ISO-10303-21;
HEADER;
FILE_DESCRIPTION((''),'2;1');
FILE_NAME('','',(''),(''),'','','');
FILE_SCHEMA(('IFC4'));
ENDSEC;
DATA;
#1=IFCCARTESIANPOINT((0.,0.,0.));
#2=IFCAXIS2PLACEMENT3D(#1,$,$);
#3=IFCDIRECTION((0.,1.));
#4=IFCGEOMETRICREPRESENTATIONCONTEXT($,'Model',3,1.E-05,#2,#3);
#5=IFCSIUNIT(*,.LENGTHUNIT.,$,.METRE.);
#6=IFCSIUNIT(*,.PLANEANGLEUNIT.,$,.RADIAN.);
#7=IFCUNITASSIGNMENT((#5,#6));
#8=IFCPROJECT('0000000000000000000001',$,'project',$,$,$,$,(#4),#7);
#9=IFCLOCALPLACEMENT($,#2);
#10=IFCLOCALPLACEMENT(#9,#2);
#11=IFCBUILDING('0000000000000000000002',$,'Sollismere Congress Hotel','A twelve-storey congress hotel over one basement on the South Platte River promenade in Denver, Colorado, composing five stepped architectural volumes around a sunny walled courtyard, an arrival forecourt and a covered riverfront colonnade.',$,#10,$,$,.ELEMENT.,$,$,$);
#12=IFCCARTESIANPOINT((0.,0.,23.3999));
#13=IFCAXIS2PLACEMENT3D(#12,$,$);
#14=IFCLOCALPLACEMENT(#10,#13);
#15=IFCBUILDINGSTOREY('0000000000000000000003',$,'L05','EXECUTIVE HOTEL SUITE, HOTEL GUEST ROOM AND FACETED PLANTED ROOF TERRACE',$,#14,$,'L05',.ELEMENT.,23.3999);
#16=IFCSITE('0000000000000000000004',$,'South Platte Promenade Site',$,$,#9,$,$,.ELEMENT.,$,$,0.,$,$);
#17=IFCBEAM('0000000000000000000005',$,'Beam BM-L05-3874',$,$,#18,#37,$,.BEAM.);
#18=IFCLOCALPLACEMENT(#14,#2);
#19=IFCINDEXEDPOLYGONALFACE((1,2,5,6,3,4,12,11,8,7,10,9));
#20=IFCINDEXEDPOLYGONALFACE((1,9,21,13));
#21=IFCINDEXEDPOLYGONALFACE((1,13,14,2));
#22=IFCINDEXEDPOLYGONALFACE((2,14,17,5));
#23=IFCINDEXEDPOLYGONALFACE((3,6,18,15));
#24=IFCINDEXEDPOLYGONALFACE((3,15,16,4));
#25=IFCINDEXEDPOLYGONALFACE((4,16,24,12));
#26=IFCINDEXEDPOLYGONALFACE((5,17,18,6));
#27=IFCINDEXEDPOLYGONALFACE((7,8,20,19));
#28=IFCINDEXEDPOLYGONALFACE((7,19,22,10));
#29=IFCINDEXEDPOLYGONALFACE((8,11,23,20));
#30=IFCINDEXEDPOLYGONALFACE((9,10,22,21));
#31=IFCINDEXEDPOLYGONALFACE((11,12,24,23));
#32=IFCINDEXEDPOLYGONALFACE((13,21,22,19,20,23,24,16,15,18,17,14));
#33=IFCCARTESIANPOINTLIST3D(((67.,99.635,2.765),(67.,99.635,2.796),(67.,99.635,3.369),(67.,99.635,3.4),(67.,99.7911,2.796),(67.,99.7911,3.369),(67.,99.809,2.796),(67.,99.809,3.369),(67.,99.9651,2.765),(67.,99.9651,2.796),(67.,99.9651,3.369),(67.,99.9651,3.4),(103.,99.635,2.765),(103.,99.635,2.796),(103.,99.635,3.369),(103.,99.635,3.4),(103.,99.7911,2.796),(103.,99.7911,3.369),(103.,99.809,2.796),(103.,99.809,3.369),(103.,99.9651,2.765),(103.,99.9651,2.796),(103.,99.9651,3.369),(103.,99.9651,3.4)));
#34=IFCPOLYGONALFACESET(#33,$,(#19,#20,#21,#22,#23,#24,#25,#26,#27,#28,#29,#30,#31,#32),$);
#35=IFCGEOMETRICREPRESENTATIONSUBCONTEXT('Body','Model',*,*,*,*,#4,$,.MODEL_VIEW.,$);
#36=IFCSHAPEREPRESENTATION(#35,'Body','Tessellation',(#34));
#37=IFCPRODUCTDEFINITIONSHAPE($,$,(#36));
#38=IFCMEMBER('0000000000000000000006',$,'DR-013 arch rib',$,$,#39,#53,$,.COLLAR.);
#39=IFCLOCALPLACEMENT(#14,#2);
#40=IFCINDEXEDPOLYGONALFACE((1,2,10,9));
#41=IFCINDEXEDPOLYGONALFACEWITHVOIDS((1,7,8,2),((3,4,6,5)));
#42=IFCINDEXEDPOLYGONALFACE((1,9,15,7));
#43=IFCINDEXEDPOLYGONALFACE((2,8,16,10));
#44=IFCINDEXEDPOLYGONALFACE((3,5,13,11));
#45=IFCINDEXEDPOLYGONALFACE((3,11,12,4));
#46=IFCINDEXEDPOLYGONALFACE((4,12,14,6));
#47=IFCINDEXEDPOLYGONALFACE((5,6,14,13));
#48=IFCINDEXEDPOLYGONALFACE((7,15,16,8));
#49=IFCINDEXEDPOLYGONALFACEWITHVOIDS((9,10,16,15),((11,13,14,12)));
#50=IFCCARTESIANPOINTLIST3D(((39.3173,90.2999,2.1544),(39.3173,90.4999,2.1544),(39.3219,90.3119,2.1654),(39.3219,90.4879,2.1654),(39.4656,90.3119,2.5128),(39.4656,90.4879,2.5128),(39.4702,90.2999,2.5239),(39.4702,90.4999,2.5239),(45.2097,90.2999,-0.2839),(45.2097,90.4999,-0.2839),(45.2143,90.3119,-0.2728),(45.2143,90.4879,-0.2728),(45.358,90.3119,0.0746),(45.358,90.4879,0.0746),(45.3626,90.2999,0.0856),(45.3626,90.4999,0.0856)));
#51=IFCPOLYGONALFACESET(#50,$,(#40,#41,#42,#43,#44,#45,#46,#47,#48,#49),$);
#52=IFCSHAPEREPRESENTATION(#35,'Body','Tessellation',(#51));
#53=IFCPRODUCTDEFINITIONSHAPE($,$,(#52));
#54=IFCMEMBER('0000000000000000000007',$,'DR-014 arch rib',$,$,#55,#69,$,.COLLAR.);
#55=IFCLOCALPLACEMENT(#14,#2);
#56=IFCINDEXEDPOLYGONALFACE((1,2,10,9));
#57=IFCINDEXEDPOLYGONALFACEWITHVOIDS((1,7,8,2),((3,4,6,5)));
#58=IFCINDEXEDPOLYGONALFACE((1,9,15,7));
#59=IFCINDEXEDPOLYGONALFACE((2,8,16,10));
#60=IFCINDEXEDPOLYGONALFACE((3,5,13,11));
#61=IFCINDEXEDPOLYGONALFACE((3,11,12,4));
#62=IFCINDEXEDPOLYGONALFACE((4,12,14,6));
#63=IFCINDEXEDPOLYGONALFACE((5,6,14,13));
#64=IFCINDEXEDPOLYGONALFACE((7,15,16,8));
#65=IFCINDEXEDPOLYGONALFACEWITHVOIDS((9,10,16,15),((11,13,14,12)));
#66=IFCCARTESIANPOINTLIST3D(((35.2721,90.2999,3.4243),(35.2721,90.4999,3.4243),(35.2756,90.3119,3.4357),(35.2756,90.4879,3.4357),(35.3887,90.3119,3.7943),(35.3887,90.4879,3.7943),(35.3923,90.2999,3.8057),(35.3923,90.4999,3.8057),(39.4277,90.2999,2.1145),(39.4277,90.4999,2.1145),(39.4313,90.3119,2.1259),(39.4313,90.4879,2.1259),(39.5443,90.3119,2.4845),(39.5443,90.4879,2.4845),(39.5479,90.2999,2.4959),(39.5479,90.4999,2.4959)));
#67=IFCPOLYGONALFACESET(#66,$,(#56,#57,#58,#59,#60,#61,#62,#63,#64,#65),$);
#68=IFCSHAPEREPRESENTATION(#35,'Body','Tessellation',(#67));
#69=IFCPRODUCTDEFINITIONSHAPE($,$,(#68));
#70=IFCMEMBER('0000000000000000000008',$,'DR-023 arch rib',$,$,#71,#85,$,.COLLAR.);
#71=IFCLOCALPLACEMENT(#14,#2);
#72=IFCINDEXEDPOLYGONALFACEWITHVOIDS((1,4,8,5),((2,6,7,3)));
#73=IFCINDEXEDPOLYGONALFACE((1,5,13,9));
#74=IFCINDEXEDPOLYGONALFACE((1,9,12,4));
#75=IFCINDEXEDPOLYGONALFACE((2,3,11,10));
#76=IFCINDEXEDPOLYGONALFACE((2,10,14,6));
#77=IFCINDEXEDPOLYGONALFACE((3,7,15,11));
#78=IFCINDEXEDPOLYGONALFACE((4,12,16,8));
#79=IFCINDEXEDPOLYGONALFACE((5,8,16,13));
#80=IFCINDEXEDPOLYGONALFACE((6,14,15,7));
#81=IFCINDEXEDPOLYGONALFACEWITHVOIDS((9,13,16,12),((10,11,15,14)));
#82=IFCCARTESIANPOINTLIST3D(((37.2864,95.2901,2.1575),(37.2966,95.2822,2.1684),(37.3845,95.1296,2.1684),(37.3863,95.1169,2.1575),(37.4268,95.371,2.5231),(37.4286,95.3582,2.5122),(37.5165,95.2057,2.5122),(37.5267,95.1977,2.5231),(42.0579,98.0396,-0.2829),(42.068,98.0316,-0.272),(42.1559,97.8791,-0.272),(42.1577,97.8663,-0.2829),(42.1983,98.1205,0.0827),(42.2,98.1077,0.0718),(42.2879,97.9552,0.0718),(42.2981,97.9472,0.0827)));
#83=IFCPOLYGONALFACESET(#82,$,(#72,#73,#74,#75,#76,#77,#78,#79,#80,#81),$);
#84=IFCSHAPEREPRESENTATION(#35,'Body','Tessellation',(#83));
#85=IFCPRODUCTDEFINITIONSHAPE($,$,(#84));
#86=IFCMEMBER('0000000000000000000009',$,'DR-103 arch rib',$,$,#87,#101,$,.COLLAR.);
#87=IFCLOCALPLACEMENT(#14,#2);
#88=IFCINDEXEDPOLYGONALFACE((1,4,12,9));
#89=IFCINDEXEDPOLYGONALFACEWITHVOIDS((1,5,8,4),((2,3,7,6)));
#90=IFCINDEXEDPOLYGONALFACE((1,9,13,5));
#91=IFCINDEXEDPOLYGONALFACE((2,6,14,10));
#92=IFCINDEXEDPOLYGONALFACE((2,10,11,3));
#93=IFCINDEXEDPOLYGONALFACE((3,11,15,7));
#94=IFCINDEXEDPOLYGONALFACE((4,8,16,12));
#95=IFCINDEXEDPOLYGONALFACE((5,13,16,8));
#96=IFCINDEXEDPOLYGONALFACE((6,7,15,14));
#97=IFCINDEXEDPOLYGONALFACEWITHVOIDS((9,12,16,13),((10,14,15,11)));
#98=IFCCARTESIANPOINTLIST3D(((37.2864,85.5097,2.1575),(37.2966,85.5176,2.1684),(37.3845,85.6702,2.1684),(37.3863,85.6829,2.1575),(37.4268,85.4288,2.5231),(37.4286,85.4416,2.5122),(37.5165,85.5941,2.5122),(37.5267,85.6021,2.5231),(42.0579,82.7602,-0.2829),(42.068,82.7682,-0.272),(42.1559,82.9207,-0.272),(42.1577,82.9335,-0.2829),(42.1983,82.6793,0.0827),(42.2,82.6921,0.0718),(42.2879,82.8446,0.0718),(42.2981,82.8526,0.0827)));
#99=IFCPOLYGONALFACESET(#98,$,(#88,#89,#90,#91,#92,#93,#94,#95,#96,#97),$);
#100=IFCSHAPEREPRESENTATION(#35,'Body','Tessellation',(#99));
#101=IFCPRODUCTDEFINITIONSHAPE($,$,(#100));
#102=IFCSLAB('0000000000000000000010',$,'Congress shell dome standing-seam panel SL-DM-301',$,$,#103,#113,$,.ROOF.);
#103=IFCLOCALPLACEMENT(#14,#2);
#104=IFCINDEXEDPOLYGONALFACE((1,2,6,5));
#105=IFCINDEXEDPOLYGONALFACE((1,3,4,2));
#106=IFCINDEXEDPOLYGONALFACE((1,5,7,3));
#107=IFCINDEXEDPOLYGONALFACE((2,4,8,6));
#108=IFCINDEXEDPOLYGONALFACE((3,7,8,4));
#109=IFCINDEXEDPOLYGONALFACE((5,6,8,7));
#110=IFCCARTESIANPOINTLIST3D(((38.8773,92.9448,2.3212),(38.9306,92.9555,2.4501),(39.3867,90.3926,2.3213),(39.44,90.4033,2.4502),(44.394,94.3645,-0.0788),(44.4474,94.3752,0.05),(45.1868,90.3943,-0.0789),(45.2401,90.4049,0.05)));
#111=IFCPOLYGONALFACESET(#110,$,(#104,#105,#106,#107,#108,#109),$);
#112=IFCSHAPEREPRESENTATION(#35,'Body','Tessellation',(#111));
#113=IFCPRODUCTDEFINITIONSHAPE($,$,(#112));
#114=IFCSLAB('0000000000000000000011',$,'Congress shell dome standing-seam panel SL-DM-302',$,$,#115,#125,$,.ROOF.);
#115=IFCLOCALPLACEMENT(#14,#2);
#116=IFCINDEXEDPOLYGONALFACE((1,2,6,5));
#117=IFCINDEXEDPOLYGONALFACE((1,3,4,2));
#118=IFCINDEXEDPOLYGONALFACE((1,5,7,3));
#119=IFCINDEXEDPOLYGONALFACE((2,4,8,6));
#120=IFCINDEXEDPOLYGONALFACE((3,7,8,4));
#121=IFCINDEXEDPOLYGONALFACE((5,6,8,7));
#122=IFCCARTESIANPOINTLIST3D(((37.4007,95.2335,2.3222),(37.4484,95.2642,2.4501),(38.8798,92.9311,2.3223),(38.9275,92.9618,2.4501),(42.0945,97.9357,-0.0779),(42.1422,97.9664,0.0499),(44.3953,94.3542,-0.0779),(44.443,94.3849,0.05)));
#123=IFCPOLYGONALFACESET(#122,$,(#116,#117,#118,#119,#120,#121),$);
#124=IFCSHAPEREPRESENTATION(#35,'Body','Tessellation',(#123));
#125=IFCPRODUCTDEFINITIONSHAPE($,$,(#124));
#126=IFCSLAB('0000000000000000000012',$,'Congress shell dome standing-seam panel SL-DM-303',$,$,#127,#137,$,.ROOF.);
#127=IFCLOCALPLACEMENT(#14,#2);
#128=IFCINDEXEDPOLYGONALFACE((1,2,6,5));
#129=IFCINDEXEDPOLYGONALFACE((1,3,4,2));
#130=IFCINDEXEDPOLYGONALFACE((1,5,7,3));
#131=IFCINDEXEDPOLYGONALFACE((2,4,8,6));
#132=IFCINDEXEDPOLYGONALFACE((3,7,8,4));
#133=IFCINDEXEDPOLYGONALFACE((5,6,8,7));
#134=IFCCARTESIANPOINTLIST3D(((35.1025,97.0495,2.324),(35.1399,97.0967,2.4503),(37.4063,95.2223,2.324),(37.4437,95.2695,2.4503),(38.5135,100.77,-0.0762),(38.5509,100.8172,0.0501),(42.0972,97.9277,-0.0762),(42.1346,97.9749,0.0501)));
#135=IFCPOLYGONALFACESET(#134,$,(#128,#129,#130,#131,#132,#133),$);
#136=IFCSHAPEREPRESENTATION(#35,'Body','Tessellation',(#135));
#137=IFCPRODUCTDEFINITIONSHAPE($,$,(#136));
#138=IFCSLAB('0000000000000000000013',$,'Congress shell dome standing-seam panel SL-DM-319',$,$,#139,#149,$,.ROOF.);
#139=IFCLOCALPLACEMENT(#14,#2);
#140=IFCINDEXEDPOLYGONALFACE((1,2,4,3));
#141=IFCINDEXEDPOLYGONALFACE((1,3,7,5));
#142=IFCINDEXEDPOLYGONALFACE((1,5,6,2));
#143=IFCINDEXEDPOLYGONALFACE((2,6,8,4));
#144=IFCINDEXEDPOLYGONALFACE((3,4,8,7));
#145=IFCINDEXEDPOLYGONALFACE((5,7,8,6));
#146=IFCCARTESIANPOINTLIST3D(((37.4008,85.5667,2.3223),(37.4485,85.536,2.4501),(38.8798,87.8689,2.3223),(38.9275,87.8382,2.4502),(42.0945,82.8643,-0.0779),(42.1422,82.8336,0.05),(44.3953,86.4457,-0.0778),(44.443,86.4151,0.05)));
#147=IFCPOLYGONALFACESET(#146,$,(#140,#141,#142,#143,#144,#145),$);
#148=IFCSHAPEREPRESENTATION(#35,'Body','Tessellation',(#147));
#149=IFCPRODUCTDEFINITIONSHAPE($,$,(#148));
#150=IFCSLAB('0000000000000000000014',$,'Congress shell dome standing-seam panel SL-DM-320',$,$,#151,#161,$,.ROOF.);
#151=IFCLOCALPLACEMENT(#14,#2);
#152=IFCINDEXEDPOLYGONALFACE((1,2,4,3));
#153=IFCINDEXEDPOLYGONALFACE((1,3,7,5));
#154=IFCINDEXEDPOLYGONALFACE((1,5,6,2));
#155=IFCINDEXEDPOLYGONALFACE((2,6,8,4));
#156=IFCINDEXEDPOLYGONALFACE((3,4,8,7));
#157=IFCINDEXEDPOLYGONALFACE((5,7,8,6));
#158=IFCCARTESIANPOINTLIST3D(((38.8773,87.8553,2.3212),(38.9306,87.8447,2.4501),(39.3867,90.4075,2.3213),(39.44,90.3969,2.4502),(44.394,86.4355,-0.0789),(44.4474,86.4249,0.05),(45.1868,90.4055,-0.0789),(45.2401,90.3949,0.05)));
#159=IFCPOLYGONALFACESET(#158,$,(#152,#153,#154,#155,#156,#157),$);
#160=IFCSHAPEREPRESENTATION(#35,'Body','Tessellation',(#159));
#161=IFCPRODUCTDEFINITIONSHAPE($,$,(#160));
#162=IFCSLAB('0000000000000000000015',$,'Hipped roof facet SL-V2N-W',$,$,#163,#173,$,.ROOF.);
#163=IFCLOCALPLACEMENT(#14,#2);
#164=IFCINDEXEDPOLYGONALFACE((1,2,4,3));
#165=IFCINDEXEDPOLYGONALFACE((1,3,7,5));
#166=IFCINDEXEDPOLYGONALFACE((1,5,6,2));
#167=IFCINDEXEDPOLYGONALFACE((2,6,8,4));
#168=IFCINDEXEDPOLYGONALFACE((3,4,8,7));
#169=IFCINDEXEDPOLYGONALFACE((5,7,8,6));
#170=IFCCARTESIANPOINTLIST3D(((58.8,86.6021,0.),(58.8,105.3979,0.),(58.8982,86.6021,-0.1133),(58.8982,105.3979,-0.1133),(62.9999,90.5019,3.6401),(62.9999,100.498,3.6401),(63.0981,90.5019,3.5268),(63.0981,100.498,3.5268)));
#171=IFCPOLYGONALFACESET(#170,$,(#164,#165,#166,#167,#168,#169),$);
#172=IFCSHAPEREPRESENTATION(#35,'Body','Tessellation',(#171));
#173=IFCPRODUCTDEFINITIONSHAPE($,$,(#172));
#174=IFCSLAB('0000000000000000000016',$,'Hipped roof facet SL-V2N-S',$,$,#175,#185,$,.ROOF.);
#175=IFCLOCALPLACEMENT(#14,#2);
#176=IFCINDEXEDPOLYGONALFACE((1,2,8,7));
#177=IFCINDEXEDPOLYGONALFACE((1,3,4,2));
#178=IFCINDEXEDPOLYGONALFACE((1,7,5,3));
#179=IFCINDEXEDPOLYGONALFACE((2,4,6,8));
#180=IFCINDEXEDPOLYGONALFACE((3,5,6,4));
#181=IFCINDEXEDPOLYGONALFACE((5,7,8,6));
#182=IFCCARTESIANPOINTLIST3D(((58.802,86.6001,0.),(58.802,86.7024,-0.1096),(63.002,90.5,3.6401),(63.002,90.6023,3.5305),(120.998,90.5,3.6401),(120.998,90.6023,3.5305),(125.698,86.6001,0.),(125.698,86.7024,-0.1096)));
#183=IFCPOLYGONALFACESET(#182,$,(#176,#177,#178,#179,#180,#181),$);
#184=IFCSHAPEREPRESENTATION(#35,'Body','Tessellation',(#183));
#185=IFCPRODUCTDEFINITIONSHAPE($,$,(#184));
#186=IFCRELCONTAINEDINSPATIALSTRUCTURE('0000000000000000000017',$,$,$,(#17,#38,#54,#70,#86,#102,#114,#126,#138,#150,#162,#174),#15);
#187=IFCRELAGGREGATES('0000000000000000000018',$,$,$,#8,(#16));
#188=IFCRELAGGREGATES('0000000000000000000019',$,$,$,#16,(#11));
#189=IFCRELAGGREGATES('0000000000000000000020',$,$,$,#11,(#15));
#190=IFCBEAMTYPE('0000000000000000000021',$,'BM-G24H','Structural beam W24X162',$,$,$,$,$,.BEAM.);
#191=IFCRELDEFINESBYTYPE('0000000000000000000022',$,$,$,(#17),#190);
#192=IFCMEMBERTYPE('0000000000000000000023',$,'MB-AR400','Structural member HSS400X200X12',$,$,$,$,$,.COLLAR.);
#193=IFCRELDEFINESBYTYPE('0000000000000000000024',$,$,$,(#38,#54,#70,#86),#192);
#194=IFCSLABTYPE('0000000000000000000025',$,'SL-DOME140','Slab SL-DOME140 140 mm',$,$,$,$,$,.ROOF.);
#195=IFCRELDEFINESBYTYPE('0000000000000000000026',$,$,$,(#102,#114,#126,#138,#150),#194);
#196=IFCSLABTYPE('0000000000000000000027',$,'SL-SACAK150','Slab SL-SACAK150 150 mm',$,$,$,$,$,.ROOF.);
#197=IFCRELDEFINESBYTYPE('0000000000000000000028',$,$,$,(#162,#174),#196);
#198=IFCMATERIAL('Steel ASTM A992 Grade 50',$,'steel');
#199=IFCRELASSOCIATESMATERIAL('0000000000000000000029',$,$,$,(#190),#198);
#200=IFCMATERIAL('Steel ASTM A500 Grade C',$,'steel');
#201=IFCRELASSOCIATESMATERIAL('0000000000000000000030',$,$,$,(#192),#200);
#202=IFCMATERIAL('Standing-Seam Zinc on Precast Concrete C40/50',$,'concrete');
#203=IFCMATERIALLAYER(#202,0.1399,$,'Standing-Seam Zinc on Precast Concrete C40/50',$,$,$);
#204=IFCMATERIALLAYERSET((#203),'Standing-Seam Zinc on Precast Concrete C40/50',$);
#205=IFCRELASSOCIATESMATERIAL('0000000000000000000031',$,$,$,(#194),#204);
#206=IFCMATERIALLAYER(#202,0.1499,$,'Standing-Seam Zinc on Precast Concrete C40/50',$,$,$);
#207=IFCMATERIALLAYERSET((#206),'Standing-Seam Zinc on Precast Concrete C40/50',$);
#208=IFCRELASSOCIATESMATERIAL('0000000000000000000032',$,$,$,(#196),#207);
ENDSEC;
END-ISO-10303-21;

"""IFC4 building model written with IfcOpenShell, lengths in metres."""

from ifc_helpers import new_model, si_unit, direction, frame, origin, origin_2d, place, context, subcontext, project, spatial, polyline, hollow_rectangle, i_section, outline, extrude, material, layer, layer_set, material_profile, profile_set, type_object, element, save


model = new_model("IFC4")

# Units and contexts
model_context = context("Model", 3, precision=1e-05, world=origin(), true_north=direction((0.0, 1.0)))
body_context = subcontext(model_context, "Body", "Model", "MODEL_VIEW")
ifc_project = project(units=[si_unit("LENGTHUNIT", "METRE"), si_unit("PLANEANGLEUNIT", "RADIAN")], contexts=[model_context])

# Site, building, storey
site_placement = place(None, origin())
site = spatial("IfcSite", under=ifc_project, at=site_placement, Name="South Platte Promenade Site", CompositionType="ELEMENT", RefElevation=0.0)
building_placement = place(site_placement, origin())
building = spatial("IfcBuilding", under=site, at=building_placement, Name="Sollismere Congress Hotel", Description="A twelve-storey congress hotel over one basement on the South Platte River promenade in Denver, Colorado, composing five stepped architectural volumes around a sunny walled courtyard, an arrival forecourt and a covered riverfront colonnade.", CompositionType="ELEMENT")
storey_placement = place(building_placement, frame((0.0, 0.0, 23.3999)))
storey = spatial("IfcBuildingStorey", under=building, at=storey_placement, Name="L05", Description="EXECUTIVE HOTEL SUITE, HOTEL GUEST ROOM AND FACETED PLANTED ROOF TERRACE", LongName="L05", CompositionType="ELEMENT", Elevation=23.3999)

# Shared definitions
ifc_material_1 = material(Name="Steel ASTM A992 Grade 50", Category="steel")

# Beam
ifc_material_profile_1 = material_profile(ifc_material_1, i_section(OverallWidth=0.3301, OverallDepth=0.635, WebThickness=0.0178, FlangeThickness=0.031, at=origin_2d()), Name="W24X162")
ifc_profile_set_1 = profile_set([ifc_material_profile_1], Name="Steel ASTM A992 Grade 50")
beam_type = type_object("IfcBeamType", Name="BM-G24H", Description="Structural beam W24X162", PredefinedType="BEAM", material=ifc_profile_set_1)
for number, where, z_axis, x_axis, name in (
    (1, (67.0, 99.8, 3.0825), (1.0, 0.0, 0.0), (0.0, 1.0, 0.0), "Beam BM-L05-3874"),
):
    element("IfcBeam", number, at=place(storey_placement, frame(where, z_axis=z_axis, x_axis=x_axis)), inside=storey, type_object=beam_type, Name=name, PredefinedType="BEAM", context=body_context, shape_type="SweptSolid", body=[
        extrude(i_section(OverallWidth=0.3301, OverallDepth=0.635, WebThickness=0.0178, FlangeThickness=0.031, at=origin_2d()), origin(), (0.0, 0.0, 1.0), 36.0),
    ])

# Members
ifc_material_2 = material(Name="Steel ASTM A500 Grade C", Category="steel")
ifc_material_profile_2 = material_profile(ifc_material_2, hollow_rectangle(XDim=0.2, YDim=0.3999, WallThickness=0.012, at=origin_2d()), Name="HSS400X200X12")
ifc_profile_set_2 = profile_set([ifc_material_profile_2], Name="Steel ASTM A500 Grade C")
member_type = type_object("IfcMemberType", Name="MB-AR400", Description="Structural member HSS400X200X12", PredefinedType="COLLAR", material=ifc_profile_set_2)
member_1_placement = place(storey_placement, frame((45.2861, 90.3999, -0.0991), z_axis=(-0.924015, 0.0, 0.382355), x_axis=(0.0, -1.0, 0.0)))
element("IfcMember", 2, at=member_1_placement, inside=storey, type_object=member_type, Name="DR-013 arch rib", PredefinedType="COLLAR", context=body_context, shape_type="SweptSolid", body=[
    extrude(hollow_rectangle(XDim=0.2, YDim=0.3999, WallThickness=0.012, at=origin_2d()), origin(), (0.0, 0.0, 1.0), 6.377),
])
member_2_placement = place(storey_placement, frame((39.4878, 90.3999, 2.3052), z_axis=(-0.953744, 0.0, 0.300619), x_axis=(0.0, -1.0, 0.0)))
element("IfcMember", 3, at=member_2_placement, inside=storey, type_object=member_type, Name="DR-014 arch rib", PredefinedType="COLLAR", context=body_context, shape_type="SweptSolid", body=[
    extrude(hollow_rectangle(XDim=0.2, YDim=0.3999, WallThickness=0.012, at=origin_2d()), origin(), (0.0, 0.0, 1.0), 4.3572),
])
for number, where, z_axis, x_axis, name in (
    (4, (42.178, 97.9934, -0.1001), (-0.792145, -0.456464, 0.405151), (0.499277, -0.866442, 0.0), "DR-023 arch rib"),
    (5, (42.178, 82.8064, -0.1001), (-0.792145, 0.456464, 0.405151), (-0.499277, -0.866442, 0.0), "DR-103 arch rib"),
):
    element("IfcMember", number, at=place(storey_placement, frame(where, z_axis=z_axis, x_axis=x_axis)), inside=storey, type_object=member_type, Name=name, PredefinedType="COLLAR", context=body_context, shape_type="SweptSolid", body=[
        extrude(hollow_rectangle(XDim=0.2, YDim=0.3999, WallThickness=0.012, at=origin_2d()), origin(), (0.0, 0.0, 1.0), 6.0234),
    ])

# Slabs
ifc_material_3 = material(Name="Standing-Seam Zinc on Precast Concrete C40/50", Category="concrete")
ifc_layer_1 = layer(ifc_material_3, 0.1399, Name="Standing-Seam Zinc on Precast Concrete C40/50")
ifc_layer_set_1 = layer_set([ifc_layer_1], Name="Standing-Seam Zinc on Precast Concrete C40/50")
slab_type_1 = type_object("IfcSlabType", Name="SL-DOME140", Description="Slab SL-DOME140 140 mm", PredefinedType="ROOF", material=ifc_layer_set_1)
slab_1_placement = place(storey_placement, frame((45.1868, 90.3943, -0.0789), z_axis=(0.381243, 0.076117, 0.921336), x_axis=(-0.195801, 0.980644, 0.000004)))
element("IfcSlab", 6, at=slab_1_placement, inside=storey, type_object=slab_type_1, Name="Congress shell dome standing-seam panel SL-DM-301", PredefinedType="ROOF", context=body_context, shape_type="SweptSolid", body=[
    extrude(outline(polyline([(0.0, 0.0), (4.0486, 0.0), (3.7366, 6.1736), (1.134, 6.1738), (0.0, 0.0)])), origin(), (0.0, 0.0, 1.0), 0.1399),
])
slab_2_placement = place(storey_placement, frame((44.3953, 94.3542, -0.0779), z_axis=(0.341208, 0.219208, 0.914071), x_axis=(-0.54049, 0.841351, -0.000013)))
element("IfcSlab", 7, at=slab_2_placement, inside=storey, type_object=slab_type_1, Name="Congress shell dome standing-seam panel SL-DM-302", PredefinedType="ROOF", context=body_context, shape_type="SweptSolid", body=[
    extrude(outline(polyline([(0.0, 0.0), (4.2568, 0.0), (4.5203, 5.9182), (1.7837, 5.9182), (0.0, 0.0)])), origin(), (0.0, 0.0, 1.0), 0.1399),
])
slab_3_placement = place(storey_placement, frame((42.0972, 97.9277, -0.0762), z_axis=(0.267412, 0.337166, 0.902668), x_axis=(-0.783496, 0.621397, 0.000003)))
element("IfcSlab", 8, at=slab_3_placement, inside=storey, type_object=slab_type_1, Name="Congress shell dome standing-seam panel SL-DM-303", PredefinedType="ROOF", context=body_context, shape_type="SweptSolid", body=[
    extrude(outline(polyline([(0.0, 0.0), (4.574, 0.0), (4.9346, 5.5774), (1.9941, 5.5774), (0.0, 0.0)])), origin(), (0.0, 0.0, 1.0), 0.1399),
])
slab_4_placement = place(storey_placement, frame((42.0945, 82.8643, -0.0779), z_axis=(0.341208, -0.219208, 0.914071), x_axis=(0.54049, 0.841351, 0.000013)))
element("IfcSlab", 9, at=slab_4_placement, inside=storey, type_object=slab_type_1, Name="Congress shell dome standing-seam panel SL-DM-319", PredefinedType="ROOF", context=body_context, shape_type="SweptSolid", body=[
    extrude(outline(polyline([(0.0, 0.0), (4.2568, 0.0), (2.4731, 5.9182), (-0.2632, 5.9182), (0.0, 0.0)])), origin(), (0.0, 0.0, 1.0), 0.1399),
])
slab_5_placement = place(storey_placement, frame((44.394, 86.4355, -0.0789), z_axis=(0.381242, -0.07612, 0.921336), x_axis=(0.195812, 0.980641, -0.000006)))
element("IfcSlab", 10, at=slab_5_placement, inside=storey, type_object=slab_type_1, Name="Congress shell dome standing-seam panel SL-DM-320", PredefinedType="ROOF", context=body_context, shape_type="SweptSolid", body=[
    extrude(outline(polyline([(0.0, 0.0), (4.0483, 0.0), (2.9146, 6.1738), (0.312, 6.1736), (0.0, 0.0)])), origin(), (0.0, 0.0, 1.0), 0.1399),
])
ifc_layer_2 = layer(ifc_material_3, 0.1499, Name="Standing-Seam Zinc on Precast Concrete C40/50")
ifc_layer_set_2 = layer_set([ifc_layer_2], Name="Standing-Seam Zinc on Precast Concrete C40/50")
slab_type_2 = type_object("IfcSlabType", Name="SL-SACAK150", Description="Slab SL-SACAK150 150 mm", PredefinedType="ROOF", material=ifc_layer_set_2)
slab_6_placement = place(storey_placement, frame((58.8982, 86.6021, -0.1133), z_axis=(-0.654949, 0.0, 0.755673), x_axis=(0.618581, 0.574389, 0.53613)))
element("IfcSlab", 11, at=slab_6_placement, inside=storey, type_object=slab_type_2, Name="Hipped roof facet SL-V2N-W", PredefinedType="ROOF", context=body_context, shape_type="SweptSolid", body=[
    extrude(outline(polyline([(0.0, 0.0), (6.7896, 0.0), (12.5312, 8.1826), (10.7961, 15.386), (0.0, 0.0)])), origin(), (0.0, 0.0, 1.0), 0.1499),
])
slab_7_placement = place(storey_placement, frame((58.802, 86.7024, -0.1096), z_axis=(0.0, -0.682341, 0.731034), x_axis=(1.0, 0.0, 0.0)))
element("IfcSlab", 12, at=slab_7_placement, inside=storey, type_object=slab_type_2, Name="Hipped roof facet SL-V2N-S", PredefinedType="ROOF", context=body_context, shape_type="SweptSolid", body=[
    extrude(outline(polyline([(0.0, 0.0), (66.896, 0.0), (62.196, 5.3347), (4.2, 5.3347), (0.0, 0.0)])), origin(), (0.0, 0.0, 1.0), 0.1499),
])

save(model, "model.ifc")
